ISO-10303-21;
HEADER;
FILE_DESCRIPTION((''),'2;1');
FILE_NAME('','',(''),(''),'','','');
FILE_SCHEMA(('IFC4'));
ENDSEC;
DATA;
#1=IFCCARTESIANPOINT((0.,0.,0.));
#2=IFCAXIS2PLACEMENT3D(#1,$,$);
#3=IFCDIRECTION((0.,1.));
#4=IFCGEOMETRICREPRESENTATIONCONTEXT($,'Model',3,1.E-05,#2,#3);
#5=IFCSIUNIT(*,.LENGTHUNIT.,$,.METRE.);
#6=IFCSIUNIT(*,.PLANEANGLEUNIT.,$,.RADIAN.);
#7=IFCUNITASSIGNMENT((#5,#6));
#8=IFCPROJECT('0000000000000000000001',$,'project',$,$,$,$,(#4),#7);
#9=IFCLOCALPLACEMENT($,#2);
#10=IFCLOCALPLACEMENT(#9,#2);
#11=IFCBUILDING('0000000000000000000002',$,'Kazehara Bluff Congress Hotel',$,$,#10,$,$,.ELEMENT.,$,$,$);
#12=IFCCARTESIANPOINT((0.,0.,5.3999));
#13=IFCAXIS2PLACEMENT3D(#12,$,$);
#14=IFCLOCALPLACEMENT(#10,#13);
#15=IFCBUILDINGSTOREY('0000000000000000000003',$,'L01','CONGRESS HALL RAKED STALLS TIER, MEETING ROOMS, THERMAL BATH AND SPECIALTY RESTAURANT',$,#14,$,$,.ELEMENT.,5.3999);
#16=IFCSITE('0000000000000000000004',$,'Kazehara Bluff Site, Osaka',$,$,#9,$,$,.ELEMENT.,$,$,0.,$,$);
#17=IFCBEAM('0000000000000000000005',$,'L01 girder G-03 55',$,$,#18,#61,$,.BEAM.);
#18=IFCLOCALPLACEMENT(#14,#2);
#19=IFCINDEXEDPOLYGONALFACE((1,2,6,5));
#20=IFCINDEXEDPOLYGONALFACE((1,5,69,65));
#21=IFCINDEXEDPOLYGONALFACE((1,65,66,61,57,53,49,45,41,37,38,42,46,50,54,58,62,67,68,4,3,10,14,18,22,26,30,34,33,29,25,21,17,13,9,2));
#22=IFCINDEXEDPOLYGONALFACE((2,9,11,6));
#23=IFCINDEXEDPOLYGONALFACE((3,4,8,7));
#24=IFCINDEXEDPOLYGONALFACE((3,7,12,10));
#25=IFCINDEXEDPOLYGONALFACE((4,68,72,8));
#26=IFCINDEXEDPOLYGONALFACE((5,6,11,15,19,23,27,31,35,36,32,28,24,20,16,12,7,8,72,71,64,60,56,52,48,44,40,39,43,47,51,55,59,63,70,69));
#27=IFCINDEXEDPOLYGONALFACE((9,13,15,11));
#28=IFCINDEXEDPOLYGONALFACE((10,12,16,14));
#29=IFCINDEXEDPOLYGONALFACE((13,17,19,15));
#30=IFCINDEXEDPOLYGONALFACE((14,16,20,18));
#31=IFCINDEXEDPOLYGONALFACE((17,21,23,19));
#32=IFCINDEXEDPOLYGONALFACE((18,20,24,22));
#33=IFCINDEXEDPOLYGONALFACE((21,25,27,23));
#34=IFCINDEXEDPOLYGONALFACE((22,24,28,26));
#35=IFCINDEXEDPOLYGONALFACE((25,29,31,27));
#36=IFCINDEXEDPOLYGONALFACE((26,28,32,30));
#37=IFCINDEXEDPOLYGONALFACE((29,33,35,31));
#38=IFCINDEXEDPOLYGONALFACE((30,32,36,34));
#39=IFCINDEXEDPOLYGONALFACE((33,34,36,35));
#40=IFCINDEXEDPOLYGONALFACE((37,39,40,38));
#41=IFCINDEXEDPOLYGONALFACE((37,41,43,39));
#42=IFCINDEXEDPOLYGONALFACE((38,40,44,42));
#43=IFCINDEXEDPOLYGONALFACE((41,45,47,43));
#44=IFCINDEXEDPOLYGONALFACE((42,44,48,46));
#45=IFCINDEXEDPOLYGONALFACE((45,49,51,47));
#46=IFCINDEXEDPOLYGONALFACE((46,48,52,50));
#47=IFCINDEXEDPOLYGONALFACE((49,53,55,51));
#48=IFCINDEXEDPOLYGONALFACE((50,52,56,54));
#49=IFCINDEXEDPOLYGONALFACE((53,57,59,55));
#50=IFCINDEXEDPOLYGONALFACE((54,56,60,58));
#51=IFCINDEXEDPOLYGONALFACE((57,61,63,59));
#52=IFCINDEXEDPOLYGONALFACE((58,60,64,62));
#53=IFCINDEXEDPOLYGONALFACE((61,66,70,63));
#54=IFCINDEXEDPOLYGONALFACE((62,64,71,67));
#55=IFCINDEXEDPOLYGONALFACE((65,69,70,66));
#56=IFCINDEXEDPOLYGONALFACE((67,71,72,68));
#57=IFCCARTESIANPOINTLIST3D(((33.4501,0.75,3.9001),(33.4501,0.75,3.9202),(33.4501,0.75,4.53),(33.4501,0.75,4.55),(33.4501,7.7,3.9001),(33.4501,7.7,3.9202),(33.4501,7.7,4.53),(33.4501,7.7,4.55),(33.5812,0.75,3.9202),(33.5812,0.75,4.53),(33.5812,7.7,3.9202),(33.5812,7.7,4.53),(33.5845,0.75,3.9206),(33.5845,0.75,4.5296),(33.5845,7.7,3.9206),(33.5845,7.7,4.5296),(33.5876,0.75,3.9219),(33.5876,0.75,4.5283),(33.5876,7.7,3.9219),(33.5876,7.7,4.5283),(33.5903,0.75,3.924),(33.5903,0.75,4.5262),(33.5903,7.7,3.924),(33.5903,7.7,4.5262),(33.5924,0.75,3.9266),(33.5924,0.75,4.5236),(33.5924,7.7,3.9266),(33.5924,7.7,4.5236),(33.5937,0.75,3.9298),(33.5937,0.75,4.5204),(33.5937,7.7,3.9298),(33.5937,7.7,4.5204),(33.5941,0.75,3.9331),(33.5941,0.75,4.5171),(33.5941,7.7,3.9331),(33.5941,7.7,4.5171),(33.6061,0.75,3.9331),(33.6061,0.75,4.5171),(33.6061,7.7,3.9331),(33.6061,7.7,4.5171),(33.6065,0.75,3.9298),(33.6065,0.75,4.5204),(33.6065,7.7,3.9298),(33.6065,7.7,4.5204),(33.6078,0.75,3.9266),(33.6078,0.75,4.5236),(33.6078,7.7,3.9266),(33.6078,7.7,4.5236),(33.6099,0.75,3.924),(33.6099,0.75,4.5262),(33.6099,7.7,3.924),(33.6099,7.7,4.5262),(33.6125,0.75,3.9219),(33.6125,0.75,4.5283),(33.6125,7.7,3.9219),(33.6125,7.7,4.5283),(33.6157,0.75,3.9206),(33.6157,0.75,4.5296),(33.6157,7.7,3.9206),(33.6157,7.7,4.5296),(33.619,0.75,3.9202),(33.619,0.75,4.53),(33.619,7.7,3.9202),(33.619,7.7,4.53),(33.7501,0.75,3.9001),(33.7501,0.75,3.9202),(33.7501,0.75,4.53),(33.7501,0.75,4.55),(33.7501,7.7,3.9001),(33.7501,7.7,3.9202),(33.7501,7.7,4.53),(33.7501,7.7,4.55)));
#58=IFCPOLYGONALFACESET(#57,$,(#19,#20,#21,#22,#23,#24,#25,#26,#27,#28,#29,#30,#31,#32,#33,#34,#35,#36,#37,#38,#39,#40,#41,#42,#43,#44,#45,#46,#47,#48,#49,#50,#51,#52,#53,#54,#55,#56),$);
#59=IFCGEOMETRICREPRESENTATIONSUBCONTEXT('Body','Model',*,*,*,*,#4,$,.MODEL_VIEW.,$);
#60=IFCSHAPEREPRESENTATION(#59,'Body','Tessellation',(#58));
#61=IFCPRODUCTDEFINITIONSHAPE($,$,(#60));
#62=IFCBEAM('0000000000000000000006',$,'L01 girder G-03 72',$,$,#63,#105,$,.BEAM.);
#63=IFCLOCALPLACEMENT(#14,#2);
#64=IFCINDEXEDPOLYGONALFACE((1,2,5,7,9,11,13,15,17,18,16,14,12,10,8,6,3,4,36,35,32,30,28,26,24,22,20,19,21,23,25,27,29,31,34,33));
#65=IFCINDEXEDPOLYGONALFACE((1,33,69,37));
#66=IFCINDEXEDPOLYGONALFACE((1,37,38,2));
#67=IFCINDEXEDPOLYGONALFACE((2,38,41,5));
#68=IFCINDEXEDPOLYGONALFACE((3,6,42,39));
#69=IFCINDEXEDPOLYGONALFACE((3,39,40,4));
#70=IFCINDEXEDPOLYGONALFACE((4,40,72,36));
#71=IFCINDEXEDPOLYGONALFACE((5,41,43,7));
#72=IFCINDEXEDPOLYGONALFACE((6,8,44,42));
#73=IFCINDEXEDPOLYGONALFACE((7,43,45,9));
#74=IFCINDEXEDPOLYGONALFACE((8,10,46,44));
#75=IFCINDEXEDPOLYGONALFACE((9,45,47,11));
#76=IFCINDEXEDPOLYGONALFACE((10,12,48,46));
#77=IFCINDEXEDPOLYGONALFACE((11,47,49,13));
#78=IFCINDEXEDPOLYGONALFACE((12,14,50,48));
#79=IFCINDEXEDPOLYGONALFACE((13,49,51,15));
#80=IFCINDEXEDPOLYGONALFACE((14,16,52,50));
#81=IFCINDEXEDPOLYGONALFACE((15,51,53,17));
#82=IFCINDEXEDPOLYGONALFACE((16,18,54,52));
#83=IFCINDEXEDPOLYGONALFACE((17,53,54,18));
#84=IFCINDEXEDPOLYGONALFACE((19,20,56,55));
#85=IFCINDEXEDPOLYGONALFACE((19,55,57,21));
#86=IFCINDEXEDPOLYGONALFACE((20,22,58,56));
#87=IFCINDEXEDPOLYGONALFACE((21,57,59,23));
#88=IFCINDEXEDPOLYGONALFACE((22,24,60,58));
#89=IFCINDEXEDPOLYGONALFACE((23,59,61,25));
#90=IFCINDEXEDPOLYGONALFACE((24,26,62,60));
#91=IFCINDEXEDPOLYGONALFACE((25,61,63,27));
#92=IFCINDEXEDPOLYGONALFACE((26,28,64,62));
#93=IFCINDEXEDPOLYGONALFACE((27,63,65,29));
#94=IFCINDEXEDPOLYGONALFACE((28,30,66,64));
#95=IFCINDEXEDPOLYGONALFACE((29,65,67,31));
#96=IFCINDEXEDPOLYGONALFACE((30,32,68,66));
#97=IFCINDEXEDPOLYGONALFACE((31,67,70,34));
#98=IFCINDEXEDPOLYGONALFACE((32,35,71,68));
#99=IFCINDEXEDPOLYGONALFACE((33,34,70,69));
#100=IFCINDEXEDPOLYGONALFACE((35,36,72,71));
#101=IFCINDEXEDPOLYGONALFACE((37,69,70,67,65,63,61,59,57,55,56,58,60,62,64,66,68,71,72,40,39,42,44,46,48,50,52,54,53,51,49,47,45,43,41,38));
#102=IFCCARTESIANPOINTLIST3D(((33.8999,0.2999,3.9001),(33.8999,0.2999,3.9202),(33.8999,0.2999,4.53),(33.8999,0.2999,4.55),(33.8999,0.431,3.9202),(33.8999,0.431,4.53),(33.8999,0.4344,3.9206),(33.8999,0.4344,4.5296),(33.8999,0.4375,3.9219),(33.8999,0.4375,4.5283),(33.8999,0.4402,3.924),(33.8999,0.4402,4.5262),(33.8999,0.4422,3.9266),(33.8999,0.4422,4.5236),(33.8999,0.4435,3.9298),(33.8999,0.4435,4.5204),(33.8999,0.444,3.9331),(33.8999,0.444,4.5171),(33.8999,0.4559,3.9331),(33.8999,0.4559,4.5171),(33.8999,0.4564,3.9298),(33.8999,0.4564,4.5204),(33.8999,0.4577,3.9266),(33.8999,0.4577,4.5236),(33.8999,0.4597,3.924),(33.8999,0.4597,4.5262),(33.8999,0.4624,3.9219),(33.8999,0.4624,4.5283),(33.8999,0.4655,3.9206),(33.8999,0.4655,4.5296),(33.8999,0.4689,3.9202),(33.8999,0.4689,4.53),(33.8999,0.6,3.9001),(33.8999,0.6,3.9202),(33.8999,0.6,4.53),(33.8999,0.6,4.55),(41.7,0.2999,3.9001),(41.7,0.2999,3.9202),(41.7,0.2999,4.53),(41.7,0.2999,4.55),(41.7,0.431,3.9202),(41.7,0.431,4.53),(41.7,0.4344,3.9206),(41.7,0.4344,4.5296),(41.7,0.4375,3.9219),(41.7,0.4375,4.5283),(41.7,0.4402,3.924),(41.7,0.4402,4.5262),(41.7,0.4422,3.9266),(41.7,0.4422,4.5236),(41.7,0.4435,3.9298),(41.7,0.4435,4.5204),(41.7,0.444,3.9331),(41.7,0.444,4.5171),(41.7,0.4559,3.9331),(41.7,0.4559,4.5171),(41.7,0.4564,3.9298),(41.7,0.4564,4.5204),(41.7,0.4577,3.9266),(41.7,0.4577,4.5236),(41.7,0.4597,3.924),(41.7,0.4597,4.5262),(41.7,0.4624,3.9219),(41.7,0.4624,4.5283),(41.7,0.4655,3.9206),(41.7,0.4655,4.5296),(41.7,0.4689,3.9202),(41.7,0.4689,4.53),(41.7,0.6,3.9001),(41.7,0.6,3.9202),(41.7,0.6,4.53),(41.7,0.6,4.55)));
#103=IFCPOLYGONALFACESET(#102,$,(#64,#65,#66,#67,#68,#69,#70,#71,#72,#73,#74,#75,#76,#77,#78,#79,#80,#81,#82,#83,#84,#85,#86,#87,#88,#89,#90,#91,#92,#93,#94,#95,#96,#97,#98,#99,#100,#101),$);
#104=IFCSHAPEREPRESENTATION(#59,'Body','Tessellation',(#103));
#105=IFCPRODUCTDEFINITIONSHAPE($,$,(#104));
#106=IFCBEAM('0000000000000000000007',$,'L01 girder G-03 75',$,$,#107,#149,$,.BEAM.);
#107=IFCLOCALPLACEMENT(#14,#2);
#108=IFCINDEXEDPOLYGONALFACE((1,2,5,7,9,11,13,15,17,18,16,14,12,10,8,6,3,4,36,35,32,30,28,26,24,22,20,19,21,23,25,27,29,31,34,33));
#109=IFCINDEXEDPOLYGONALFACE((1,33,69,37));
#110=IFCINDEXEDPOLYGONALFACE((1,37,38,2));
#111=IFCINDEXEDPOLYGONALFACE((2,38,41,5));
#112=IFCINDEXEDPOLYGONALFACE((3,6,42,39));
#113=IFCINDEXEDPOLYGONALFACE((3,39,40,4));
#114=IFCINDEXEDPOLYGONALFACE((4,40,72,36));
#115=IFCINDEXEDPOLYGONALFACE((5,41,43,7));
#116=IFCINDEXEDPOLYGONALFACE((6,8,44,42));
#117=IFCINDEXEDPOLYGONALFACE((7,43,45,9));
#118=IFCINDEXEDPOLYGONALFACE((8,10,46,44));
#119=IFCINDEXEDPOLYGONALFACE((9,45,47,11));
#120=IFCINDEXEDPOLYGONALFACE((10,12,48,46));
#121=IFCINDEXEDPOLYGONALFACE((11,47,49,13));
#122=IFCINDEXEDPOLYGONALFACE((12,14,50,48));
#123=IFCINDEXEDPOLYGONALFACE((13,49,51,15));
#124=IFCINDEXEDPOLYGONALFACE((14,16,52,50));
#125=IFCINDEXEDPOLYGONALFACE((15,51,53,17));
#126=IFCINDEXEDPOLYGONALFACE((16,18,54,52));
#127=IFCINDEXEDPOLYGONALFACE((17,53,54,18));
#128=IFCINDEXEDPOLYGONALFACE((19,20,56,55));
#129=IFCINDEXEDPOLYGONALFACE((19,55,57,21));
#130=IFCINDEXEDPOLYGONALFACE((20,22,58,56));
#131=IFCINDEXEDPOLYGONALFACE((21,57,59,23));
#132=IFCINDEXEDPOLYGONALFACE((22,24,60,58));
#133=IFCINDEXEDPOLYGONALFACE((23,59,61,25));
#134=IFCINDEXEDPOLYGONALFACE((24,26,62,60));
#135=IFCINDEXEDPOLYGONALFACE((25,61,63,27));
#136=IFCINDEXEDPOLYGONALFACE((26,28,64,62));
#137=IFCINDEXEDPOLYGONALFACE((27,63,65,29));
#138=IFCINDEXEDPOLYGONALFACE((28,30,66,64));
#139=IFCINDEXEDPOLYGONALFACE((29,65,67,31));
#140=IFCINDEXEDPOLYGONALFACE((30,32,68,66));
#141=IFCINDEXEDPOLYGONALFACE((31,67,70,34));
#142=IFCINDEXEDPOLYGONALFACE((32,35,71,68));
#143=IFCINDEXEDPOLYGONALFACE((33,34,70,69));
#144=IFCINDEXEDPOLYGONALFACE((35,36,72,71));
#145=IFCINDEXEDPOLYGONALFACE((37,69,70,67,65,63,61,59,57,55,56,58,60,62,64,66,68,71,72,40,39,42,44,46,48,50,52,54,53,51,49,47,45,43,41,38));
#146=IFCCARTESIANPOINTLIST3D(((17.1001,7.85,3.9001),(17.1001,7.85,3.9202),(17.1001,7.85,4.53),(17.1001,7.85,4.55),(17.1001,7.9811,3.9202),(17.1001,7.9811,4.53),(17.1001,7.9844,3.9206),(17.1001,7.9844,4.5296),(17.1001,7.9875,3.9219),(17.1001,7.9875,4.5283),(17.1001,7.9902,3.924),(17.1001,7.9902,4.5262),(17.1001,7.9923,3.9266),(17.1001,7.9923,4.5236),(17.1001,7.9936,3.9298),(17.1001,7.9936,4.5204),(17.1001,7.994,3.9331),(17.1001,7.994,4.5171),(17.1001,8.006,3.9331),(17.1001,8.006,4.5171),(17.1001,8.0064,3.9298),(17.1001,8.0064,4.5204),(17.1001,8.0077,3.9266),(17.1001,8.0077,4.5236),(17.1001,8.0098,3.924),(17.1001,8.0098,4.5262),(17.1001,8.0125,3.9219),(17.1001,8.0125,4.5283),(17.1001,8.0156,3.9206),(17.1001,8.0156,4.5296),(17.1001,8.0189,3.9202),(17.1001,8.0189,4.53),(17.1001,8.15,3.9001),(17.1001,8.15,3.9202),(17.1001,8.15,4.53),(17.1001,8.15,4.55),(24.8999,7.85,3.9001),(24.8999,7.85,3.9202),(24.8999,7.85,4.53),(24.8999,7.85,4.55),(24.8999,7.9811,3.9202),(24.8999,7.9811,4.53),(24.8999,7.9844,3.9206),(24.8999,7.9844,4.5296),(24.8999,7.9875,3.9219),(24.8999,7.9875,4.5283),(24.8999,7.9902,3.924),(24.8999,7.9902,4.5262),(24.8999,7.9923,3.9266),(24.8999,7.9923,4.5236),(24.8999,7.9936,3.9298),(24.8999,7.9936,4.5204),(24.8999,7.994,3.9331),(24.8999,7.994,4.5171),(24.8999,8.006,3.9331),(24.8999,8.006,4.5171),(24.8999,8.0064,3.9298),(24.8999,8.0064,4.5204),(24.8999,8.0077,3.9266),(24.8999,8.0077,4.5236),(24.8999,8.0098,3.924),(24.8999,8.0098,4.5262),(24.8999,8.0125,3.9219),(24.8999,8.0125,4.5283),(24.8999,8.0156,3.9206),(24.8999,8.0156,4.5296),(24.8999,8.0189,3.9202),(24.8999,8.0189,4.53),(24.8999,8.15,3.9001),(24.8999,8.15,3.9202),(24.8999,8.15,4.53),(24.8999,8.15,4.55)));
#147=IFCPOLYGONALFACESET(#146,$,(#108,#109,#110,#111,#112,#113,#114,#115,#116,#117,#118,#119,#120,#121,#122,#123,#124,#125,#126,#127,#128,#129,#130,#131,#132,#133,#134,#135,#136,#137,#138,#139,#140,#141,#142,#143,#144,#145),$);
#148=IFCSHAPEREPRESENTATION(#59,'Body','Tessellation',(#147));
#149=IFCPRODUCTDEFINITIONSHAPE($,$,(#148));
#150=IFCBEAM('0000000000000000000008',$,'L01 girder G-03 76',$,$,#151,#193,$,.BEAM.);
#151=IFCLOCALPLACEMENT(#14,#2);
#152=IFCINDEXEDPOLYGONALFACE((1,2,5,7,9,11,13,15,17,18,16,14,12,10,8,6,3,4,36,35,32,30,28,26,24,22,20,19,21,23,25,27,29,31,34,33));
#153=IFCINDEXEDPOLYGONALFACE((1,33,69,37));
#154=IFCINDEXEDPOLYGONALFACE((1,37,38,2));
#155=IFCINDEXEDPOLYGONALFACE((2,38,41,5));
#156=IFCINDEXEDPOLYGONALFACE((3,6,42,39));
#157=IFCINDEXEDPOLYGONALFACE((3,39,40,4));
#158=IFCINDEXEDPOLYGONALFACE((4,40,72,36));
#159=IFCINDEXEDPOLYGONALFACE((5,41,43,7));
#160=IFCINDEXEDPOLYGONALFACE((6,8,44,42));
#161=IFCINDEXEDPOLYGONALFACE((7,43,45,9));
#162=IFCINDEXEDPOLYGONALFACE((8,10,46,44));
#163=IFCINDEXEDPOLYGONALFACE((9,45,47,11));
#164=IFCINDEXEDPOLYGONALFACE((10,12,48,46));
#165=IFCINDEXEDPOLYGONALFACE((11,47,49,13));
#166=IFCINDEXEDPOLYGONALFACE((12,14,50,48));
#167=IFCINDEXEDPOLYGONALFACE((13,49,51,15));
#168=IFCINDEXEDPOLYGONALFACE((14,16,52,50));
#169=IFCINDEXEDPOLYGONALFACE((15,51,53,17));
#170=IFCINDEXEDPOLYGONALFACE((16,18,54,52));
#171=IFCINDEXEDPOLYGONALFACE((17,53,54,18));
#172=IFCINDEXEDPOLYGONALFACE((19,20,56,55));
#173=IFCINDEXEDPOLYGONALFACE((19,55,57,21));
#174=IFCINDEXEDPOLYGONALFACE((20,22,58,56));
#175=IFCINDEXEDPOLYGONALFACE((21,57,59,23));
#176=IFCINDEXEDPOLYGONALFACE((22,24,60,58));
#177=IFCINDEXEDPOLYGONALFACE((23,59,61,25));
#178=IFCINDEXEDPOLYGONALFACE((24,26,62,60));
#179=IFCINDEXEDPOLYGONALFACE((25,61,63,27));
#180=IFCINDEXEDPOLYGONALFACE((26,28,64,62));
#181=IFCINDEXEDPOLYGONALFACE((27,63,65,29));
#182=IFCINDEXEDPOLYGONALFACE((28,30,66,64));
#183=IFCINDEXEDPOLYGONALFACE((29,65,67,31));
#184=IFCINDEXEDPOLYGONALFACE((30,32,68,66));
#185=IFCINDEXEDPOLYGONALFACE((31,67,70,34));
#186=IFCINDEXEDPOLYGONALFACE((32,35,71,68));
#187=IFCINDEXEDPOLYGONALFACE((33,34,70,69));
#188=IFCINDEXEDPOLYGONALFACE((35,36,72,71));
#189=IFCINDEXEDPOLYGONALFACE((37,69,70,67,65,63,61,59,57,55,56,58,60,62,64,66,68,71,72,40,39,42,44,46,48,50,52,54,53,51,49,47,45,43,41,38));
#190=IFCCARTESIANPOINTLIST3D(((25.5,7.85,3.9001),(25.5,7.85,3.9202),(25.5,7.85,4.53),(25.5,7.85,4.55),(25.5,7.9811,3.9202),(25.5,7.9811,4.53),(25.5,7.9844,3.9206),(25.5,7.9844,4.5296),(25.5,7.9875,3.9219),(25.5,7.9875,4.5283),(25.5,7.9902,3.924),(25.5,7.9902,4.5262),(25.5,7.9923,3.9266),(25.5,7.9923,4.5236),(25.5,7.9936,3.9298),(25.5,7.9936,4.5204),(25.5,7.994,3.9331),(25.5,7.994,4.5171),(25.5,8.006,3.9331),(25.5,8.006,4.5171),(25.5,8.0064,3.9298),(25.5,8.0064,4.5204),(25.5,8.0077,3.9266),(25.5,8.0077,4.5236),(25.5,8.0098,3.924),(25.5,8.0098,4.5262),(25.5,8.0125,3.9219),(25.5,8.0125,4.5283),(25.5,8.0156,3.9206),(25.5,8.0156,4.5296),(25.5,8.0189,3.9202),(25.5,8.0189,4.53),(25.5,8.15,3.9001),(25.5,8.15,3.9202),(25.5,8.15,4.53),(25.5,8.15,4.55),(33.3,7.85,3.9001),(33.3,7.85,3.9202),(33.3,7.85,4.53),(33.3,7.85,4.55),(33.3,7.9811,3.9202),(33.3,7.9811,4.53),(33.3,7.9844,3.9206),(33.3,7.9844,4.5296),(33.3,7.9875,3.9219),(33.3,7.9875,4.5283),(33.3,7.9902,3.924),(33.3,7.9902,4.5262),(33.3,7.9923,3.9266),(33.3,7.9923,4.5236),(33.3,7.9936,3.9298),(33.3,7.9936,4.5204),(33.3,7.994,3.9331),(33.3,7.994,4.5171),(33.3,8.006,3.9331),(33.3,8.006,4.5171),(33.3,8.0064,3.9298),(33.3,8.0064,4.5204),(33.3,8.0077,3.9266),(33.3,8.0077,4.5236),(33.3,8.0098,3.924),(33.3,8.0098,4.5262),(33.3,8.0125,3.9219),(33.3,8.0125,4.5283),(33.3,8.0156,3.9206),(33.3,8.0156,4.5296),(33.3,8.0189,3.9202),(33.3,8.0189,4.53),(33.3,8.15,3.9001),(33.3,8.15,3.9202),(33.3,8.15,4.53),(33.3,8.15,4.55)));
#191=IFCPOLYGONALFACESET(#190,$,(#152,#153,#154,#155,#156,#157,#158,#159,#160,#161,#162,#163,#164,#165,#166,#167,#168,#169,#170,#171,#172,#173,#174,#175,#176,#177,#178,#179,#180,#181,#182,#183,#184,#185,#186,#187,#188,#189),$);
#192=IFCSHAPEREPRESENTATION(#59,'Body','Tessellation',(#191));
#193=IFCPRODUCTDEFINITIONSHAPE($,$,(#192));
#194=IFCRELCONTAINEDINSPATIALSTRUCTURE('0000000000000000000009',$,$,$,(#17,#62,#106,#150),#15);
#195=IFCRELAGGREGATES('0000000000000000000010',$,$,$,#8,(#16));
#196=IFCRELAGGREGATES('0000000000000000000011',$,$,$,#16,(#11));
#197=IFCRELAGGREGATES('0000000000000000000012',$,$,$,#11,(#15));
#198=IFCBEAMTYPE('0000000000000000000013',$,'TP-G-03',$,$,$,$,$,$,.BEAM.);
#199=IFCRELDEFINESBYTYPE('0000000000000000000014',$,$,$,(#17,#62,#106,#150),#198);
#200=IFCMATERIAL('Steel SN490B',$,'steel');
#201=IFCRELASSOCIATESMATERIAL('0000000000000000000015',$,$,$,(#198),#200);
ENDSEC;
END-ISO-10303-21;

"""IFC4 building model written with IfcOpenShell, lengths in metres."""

from ifc_helpers import new_model, si_unit, direction, frame, origin, origin_2d, place, context, subcontext, project, spatial, i_section, extrude, material, material_profile, profile_set, type_object, element, save


model = new_model("IFC4")

# Units and contexts
model_context = context("Model", 3, precision=1e-05, world=origin(), true_north=direction((0.0, 1.0)))
body_context = subcontext(model_context, "Body", "Model", "MODEL_VIEW")
ifc_project = project(units=[si_unit("LENGTHUNIT", "METRE"), si_unit("PLANEANGLEUNIT", "RADIAN")], contexts=[model_context])

# Site, building, storey
site_placement = place(None, origin())
site = spatial("IfcSite", under=ifc_project, at=site_placement, Name="Kazehara Bluff Site, Osaka", CompositionType="ELEMENT", RefElevation=0.0)
building_placement = place(site_placement, origin())
building = spatial("IfcBuilding", under=site, at=building_placement, Name="Kazehara Bluff Congress Hotel", CompositionType="ELEMENT")
storey_placement = place(building_placement, frame((0.0, 0.0, 5.3999)))
storey = spatial("IfcBuildingStorey", under=building, at=storey_placement, Name="L01", Description="CONGRESS HALL RAKED STALLS TIER, MEETING ROOMS, THERMAL BATH AND SPECIALTY RESTAURANT", CompositionType="ELEMENT", Elevation=5.3999)

# Beams
ifc_material_1 = material(Name="Steel SN490B", Category="steel")
ifc_material_profile_1 = material_profile(ifc_material_1, i_section(OverallWidth=0.3, OverallDepth=0.6499, WebThickness=0.012, FlangeThickness=0.02, FilletRadius=0.0129, at=origin_2d()))
ifc_profile_set_1 = profile_set([ifc_material_profile_1], Name="Steel SN490B")
beam_type_1 = type_object("IfcBeamType", Name="TP-G-03", PredefinedType="BEAM", material=ifc_profile_set_1)
for number, where, z_axis, x_axis, name in (
    (1, (33.6001, 0.75, 4.2251), (0.0, 1.0, 0.0), (-1.0, 0.0, 0.0), "L01 girder G-03 55"),
):
    element("IfcBeam", number, at=place(storey_placement, frame(where, z_axis=z_axis, x_axis=x_axis)), inside=storey, type_object=beam_type_1, Name=name, PredefinedType="BEAM", context=body_context, shape_type="SweptSolid", body=[
        extrude(i_section(OverallWidth=0.3, OverallDepth=0.6499, WebThickness=0.012, FlangeThickness=0.02, FilletRadius=0.0129, at=origin_2d()), origin(), (0.0, 0.0, 1.0), 6.95),
    ])
beam_1_placement = place(storey_placement, frame((33.8999, 0.45, 4.2251), z_axis=(1.0, 0.0, 0.0), x_axis=(0.0, 1.0, 0.0)))
element("IfcBeam", 2, at=beam_1_placement, inside=storey, type_object=beam_type_1, Name="L01 girder G-03 72", PredefinedType="BEAM", context=body_context, shape_type="SweptSolid", body=[
    extrude(i_section(OverallWidth=0.3, OverallDepth=0.6499, WebThickness=0.012, FlangeThickness=0.02, FilletRadius=0.0129, at=origin_2d()), origin(), (0.0, 0.0, 1.0), 7.8),
])
beam_2_placement = place(storey_placement, frame((17.1001, 8.0, 4.2251), z_axis=(1.0, 0.0, 0.0), x_axis=(0.0, 1.0, 0.0)))
element("IfcBeam", 3, at=beam_2_placement, inside=storey, type_object=beam_type_1, Name="L01 girder G-03 75", PredefinedType="BEAM", context=body_context, shape_type="SweptSolid", body=[
    extrude(i_section(OverallWidth=0.3, OverallDepth=0.6499, WebThickness=0.012, FlangeThickness=0.02, FilletRadius=0.0129, at=origin_2d()), origin(), (0.0, 0.0, 1.0), 7.7998),
])
beam_3_placement = place(storey_placement, frame((25.5, 8.0, 4.2251), z_axis=(1.0, 0.0, 0.0), x_axis=(0.0, 1.0, 0.0)))
element("IfcBeam", 4, at=beam_3_placement, inside=storey, type_object=beam_type_1, Name="L01 girder G-03 76", PredefinedType="BEAM", context=body_context, shape_type="SweptSolid", body=[
    extrude(i_section(OverallWidth=0.3, OverallDepth=0.6499, WebThickness=0.012, FlangeThickness=0.02, FilletRadius=0.0129, at=origin_2d()), origin(), (0.0, 0.0, 1.0), 7.8),
])

save(model, "model.ifc")
